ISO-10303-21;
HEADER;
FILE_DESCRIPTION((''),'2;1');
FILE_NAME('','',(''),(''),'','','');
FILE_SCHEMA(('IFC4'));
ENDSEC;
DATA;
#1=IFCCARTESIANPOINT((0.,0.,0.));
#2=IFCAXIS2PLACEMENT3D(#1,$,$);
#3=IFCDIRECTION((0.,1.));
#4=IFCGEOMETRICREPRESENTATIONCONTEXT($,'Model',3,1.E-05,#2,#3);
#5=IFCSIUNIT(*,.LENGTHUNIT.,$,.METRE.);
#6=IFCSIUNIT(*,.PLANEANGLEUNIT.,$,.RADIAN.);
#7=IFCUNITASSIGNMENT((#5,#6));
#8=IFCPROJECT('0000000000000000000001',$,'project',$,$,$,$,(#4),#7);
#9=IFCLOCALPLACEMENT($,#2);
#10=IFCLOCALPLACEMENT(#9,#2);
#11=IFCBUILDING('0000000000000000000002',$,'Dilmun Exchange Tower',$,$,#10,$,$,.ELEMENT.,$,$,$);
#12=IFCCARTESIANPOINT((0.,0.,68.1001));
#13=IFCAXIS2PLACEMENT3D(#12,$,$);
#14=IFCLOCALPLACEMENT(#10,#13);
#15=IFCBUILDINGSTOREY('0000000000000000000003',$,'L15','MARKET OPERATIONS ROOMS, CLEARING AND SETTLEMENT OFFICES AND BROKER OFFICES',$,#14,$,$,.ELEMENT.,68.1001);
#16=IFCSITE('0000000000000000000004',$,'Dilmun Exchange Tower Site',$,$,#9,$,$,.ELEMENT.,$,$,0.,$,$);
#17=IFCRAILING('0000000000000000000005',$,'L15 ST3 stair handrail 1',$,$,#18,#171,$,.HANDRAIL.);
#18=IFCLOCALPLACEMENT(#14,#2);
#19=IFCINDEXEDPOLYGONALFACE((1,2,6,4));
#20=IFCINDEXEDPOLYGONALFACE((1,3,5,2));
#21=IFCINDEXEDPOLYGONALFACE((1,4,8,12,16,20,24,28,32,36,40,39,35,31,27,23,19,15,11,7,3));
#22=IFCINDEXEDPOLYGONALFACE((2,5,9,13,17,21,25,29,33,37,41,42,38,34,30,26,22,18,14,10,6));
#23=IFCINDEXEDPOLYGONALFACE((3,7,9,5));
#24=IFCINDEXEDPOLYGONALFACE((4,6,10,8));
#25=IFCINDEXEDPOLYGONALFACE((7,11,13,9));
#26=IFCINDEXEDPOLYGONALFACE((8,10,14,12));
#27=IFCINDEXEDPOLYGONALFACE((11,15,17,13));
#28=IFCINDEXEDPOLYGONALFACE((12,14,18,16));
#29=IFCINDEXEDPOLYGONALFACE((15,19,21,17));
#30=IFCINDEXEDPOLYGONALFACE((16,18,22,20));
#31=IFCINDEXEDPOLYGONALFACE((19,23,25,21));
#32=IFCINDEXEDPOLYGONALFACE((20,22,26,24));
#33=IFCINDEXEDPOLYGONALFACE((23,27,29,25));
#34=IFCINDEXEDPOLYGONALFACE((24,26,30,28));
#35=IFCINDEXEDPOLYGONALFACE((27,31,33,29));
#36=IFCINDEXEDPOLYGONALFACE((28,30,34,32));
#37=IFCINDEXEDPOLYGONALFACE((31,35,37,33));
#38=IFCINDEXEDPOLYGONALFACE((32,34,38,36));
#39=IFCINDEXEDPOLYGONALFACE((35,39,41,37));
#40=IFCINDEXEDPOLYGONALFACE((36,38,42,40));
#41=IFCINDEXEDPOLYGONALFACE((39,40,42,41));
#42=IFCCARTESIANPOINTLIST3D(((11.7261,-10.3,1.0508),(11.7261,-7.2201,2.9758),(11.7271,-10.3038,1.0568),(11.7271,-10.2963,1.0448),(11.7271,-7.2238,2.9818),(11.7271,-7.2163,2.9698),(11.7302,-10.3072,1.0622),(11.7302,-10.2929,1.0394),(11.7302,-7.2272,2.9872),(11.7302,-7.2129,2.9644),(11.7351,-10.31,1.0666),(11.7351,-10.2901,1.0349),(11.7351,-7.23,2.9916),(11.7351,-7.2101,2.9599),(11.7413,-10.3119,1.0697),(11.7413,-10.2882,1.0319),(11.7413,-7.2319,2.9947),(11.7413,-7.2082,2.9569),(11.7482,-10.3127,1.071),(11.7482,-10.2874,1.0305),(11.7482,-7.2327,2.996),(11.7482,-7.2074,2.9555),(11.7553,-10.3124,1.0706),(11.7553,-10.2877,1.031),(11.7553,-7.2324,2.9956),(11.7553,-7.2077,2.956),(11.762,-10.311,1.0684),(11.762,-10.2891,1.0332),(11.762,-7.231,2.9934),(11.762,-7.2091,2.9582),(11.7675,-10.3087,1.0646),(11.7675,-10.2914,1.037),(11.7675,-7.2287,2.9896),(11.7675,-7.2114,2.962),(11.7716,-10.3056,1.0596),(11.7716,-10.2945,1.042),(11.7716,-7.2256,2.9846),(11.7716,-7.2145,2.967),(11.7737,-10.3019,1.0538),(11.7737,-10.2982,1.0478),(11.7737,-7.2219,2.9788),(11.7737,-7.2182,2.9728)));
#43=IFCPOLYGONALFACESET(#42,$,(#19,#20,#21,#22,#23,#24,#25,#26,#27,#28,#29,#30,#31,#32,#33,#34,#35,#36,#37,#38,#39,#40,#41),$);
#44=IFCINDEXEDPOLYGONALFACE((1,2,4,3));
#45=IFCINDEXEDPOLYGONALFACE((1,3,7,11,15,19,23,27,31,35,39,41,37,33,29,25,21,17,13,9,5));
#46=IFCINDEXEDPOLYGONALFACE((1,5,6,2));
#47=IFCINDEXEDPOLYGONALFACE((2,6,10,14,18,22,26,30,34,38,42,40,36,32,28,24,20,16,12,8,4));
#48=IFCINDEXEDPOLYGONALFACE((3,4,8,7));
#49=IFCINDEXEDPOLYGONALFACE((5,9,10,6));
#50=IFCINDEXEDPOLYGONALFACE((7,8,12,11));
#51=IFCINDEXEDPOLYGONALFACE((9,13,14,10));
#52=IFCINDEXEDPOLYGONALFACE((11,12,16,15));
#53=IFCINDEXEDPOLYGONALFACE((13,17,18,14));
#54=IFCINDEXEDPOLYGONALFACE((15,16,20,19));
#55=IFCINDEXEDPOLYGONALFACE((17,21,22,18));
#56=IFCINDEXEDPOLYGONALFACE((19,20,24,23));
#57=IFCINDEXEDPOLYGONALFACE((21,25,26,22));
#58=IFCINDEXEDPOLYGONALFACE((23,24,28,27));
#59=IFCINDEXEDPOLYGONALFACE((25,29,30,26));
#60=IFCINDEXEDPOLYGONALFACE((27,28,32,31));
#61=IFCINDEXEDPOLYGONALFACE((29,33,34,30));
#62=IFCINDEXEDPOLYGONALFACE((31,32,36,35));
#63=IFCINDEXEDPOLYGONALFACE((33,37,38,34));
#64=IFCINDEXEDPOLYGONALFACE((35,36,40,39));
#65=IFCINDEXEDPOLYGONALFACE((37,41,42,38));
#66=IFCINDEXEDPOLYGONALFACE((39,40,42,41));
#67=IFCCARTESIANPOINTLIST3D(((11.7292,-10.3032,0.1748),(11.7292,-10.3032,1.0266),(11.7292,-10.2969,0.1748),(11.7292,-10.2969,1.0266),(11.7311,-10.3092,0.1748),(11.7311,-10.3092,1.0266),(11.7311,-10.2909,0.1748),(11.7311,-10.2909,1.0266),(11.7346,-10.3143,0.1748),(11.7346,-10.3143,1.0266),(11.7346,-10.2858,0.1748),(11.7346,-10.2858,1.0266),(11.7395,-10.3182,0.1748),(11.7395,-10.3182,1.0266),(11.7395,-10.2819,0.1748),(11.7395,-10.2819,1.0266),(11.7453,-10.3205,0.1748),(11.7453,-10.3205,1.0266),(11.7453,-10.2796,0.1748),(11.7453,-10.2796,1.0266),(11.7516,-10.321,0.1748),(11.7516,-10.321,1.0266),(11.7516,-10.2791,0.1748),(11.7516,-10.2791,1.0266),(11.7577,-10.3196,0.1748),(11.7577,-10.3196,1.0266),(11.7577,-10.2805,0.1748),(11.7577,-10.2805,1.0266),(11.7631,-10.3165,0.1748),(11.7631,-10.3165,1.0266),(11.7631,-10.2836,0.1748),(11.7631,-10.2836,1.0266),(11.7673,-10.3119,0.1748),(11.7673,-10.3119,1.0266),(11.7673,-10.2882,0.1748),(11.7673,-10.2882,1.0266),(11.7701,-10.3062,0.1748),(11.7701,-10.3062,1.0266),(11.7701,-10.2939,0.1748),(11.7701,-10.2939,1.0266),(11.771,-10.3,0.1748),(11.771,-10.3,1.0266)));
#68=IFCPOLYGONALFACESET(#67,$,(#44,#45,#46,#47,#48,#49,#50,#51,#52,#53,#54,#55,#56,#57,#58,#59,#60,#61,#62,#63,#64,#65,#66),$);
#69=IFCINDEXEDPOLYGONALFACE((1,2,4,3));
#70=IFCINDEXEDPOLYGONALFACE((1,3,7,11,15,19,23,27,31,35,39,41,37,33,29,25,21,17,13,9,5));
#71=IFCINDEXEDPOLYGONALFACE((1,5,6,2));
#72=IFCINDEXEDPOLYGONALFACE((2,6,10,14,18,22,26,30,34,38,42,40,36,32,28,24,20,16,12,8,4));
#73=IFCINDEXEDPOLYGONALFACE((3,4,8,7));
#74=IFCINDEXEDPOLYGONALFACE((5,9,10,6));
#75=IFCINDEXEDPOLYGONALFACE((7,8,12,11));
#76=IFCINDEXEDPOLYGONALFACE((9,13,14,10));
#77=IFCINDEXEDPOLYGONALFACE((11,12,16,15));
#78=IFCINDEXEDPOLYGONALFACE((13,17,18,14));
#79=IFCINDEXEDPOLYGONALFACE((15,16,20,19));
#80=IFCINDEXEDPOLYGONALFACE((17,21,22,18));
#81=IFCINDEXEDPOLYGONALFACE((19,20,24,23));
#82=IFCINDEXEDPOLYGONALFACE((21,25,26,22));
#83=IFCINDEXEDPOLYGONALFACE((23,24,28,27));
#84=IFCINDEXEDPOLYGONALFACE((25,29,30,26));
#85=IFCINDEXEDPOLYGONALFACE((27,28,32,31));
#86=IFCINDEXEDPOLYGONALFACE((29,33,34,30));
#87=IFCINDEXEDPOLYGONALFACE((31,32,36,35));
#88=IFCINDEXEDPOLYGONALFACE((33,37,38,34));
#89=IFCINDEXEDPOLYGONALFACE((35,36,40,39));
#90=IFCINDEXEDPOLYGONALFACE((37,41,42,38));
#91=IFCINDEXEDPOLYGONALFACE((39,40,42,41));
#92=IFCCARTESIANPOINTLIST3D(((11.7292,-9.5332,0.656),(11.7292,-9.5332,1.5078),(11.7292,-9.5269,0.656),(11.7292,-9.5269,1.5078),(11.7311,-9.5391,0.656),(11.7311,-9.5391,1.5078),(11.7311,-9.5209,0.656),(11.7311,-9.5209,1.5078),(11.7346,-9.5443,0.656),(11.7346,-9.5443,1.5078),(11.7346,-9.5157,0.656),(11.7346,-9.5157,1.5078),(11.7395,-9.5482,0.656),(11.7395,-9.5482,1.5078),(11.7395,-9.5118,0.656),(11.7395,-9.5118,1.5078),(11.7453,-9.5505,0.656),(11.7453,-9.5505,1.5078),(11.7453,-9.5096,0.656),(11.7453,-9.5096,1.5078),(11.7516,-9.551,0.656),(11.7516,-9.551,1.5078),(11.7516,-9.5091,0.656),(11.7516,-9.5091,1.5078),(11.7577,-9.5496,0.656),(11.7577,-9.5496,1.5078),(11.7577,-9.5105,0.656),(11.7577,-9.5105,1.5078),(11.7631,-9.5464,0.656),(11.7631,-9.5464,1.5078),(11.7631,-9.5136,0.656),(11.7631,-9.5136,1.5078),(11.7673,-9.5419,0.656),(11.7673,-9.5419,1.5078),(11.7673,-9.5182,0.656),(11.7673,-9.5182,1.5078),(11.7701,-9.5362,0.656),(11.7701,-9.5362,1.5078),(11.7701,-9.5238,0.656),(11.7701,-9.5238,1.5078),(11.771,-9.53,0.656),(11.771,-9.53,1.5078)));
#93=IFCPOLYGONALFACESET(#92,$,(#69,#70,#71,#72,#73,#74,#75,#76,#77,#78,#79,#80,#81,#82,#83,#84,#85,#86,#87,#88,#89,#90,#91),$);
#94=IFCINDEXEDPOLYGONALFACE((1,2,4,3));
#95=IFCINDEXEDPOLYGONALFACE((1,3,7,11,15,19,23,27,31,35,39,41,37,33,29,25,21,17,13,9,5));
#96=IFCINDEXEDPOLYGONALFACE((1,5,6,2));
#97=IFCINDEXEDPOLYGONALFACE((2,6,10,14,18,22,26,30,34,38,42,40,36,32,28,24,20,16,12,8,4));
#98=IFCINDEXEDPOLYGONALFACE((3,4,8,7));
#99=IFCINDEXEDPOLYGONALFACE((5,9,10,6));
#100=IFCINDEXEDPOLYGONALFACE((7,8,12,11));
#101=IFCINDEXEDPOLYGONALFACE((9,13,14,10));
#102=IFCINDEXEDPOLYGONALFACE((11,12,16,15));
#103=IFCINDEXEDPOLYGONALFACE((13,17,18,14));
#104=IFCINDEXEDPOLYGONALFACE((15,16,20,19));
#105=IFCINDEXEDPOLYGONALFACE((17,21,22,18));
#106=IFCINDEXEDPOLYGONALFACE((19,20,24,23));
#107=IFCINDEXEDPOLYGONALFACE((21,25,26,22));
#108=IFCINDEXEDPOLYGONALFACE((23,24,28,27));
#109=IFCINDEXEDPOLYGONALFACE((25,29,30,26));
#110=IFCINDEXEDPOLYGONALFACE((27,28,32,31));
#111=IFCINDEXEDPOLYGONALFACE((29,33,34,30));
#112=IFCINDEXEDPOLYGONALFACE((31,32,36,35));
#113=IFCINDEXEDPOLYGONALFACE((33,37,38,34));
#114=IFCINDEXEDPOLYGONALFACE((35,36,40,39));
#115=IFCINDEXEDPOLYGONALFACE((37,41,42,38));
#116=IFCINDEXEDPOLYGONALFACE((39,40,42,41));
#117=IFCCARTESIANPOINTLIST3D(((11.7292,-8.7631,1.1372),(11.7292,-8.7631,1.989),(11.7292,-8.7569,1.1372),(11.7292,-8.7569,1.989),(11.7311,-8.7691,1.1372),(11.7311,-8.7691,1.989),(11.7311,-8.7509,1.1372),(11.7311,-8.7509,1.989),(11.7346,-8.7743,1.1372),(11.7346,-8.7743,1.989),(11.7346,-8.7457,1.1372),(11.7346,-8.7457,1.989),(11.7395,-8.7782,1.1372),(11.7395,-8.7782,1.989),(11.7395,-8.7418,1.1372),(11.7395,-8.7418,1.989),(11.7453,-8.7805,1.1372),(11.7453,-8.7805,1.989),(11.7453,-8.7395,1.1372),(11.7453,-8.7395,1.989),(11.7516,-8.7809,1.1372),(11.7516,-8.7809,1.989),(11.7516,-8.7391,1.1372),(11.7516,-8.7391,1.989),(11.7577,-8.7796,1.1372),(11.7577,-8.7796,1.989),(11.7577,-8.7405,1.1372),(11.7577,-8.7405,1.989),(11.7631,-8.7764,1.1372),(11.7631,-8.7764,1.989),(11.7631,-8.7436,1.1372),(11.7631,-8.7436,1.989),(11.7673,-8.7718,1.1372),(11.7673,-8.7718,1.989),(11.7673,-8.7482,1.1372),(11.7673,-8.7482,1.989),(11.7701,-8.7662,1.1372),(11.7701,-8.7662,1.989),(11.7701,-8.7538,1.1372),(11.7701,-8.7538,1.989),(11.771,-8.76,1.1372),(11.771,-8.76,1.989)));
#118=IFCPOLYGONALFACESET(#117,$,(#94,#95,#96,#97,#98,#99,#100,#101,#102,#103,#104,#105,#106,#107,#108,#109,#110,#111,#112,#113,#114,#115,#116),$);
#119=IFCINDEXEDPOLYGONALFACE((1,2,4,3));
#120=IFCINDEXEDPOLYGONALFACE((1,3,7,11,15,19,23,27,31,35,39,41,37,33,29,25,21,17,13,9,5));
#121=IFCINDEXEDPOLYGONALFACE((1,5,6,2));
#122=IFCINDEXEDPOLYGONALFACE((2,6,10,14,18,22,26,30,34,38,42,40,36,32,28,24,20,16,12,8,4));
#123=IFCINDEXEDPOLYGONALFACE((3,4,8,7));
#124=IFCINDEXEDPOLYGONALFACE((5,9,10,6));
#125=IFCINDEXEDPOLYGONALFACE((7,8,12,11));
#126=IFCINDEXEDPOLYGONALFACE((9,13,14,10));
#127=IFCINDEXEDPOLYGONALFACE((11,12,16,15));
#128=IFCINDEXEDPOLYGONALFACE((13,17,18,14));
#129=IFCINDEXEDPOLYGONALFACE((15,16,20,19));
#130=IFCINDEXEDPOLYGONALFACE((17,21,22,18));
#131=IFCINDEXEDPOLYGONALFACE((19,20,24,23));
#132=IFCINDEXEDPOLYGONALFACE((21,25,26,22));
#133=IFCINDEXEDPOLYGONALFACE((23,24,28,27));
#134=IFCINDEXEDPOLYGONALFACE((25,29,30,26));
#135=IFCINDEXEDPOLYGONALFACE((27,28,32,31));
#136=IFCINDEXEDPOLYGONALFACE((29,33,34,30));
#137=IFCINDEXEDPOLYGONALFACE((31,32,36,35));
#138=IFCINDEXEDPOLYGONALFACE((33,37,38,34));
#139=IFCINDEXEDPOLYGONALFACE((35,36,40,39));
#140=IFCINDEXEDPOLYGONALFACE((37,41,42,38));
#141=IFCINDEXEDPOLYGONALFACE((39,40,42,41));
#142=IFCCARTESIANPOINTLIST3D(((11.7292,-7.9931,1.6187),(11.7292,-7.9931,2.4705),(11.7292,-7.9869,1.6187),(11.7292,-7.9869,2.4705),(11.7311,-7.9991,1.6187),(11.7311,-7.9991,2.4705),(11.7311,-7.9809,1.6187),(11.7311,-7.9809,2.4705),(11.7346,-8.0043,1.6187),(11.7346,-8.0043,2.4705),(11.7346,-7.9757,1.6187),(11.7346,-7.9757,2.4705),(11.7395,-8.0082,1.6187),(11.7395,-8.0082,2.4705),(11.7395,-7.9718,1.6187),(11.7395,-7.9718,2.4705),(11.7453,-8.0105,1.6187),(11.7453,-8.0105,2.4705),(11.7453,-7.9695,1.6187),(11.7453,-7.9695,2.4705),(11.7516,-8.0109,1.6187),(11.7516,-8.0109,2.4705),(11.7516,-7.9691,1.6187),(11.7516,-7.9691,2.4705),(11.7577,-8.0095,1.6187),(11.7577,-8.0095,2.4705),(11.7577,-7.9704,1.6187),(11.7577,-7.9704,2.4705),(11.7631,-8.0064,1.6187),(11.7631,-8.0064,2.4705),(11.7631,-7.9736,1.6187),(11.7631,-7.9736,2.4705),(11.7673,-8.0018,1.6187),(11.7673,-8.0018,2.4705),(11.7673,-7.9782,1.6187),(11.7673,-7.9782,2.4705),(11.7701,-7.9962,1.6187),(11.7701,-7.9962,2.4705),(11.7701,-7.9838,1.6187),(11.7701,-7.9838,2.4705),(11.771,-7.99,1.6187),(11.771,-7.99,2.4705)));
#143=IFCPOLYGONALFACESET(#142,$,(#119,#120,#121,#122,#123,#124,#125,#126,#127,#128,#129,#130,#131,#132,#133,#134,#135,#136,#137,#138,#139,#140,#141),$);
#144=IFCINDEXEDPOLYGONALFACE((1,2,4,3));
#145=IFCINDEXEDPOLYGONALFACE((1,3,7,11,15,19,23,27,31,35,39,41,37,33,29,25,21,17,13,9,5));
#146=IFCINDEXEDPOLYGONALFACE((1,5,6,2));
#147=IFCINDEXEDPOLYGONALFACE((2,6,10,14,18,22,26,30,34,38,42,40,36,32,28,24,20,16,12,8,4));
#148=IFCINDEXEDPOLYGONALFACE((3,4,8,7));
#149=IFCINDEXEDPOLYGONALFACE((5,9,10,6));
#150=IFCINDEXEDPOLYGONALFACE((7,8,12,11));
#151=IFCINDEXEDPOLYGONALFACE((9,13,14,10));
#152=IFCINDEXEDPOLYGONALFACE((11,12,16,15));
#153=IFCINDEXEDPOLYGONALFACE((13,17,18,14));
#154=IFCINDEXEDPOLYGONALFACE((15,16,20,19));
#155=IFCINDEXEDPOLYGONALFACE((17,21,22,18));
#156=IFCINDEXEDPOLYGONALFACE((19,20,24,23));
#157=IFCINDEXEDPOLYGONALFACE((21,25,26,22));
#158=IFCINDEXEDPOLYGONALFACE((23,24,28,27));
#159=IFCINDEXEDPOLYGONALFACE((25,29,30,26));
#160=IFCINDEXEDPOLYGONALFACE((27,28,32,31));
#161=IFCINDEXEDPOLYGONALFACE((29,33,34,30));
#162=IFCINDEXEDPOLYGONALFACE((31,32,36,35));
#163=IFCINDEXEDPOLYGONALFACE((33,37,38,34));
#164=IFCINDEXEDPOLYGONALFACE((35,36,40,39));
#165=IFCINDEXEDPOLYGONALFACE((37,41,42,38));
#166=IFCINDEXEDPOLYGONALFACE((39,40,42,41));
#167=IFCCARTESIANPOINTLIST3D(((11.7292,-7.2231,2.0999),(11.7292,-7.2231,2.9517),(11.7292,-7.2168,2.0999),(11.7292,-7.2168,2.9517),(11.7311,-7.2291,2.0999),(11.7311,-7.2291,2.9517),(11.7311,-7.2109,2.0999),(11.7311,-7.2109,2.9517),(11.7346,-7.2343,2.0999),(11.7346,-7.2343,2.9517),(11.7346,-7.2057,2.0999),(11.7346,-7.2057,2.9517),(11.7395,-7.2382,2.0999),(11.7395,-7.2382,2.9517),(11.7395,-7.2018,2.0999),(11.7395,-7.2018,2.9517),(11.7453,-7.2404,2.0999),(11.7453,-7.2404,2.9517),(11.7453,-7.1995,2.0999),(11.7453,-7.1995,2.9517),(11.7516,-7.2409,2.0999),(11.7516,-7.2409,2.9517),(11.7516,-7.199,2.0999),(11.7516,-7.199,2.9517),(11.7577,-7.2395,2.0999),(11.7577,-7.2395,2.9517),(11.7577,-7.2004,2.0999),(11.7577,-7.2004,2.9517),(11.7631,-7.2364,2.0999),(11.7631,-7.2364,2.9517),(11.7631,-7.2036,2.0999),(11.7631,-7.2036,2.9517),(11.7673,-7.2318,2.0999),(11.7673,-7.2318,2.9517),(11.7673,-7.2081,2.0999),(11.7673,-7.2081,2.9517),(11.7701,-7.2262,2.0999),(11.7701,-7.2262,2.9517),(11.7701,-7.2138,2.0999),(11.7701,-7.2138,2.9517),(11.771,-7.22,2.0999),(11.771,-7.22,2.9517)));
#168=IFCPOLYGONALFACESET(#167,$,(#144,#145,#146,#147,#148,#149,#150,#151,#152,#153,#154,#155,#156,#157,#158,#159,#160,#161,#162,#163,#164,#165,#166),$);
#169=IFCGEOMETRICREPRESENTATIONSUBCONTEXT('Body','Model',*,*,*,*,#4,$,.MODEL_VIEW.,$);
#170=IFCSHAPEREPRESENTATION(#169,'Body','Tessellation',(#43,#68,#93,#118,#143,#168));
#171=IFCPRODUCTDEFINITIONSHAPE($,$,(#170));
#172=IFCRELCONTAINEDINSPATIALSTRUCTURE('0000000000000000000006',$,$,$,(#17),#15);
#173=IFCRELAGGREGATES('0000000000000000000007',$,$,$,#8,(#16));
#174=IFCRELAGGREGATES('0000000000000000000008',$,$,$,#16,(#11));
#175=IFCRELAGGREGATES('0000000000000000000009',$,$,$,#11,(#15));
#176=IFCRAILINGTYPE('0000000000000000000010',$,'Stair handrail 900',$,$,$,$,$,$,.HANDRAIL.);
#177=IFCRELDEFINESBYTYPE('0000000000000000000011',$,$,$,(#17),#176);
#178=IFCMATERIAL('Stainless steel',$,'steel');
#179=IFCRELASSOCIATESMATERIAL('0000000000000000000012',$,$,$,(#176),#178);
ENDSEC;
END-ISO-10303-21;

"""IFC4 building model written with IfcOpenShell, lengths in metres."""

from ifc_helpers import new_model, si_unit, direction, frame, origin, origin_2d, place, context, subcontext, project, spatial, circle, extrude, material, type_object, element, save


model = new_model("IFC4")

# Units and contexts
model_context = context("Model", 3, precision=1e-05, world=origin(), true_north=direction((0.0, 1.0)))
body_context = subcontext(model_context, "Body", "Model", "MODEL_VIEW")
ifc_project = project(units=[si_unit("LENGTHUNIT", "METRE"), si_unit("PLANEANGLEUNIT", "RADIAN")], contexts=[model_context])

# Site, building, storey
site_placement = place(None, origin())
site = spatial("IfcSite", under=ifc_project, at=site_placement, Name="Dilmun Exchange Tower Site", CompositionType="ELEMENT", RefElevation=0.0)
building_placement = place(site_placement, origin())
building = spatial("IfcBuilding", under=site, at=building_placement, Name="Dilmun Exchange Tower", CompositionType="ELEMENT")
storey_placement = place(building_placement, frame((0.0, 0.0, 68.1001)))
storey = spatial("IfcBuildingStorey", under=building, at=storey_placement, Name="L15", Description="MARKET OPERATIONS ROOMS, CLEARING AND SETTLEMENT OFFICES AND BROKER OFFICES", CompositionType="ELEMENT", Elevation=68.1001)

# Railing
ifc_material_1 = material(Name="Stainless steel", Category="steel")
railing_type = type_object("IfcRailingType", Name="Stair handrail 900", PredefinedType="HANDRAIL", material=ifc_material_1)
railing_placement = place(storey_placement, frame((11.75, -10.3, 0.1748)))
element("IfcRailing", 1, at=railing_placement, inside=storey, type_object=railing_type, Name="L15 ST3 stair handrail 1", PredefinedType="HANDRAIL", context=body_context, shape_type="SweptSolid", body=[
    extrude(circle(Radius=0.0239, at=origin_2d()), frame((0.0, 0.0, 0.876), z_axis=(0.0, 0.847998, 0.529999), x_axis=(-1.0, 0.0, 0.0)), (0.0, 0.0, 1.0), 3.6321),
    extrude(circle(Radius=0.021, at=origin_2d()), origin(), (0.0, 0.0, 1.0), 0.8518),
    extrude(circle(Radius=0.021, at=origin_2d()), frame((0.0, 0.77, 0.4812)), (0.0, 0.0, 1.0), 0.8518),
    extrude(circle(Radius=0.021, at=origin_2d()), frame((0.0, 1.54, 0.9624)), (0.0, 0.0, 1.0), 0.8518),
    extrude(circle(Radius=0.021, at=origin_2d()), frame((0.0, 2.3101, 1.4438)), (0.0, 0.0, 1.0), 0.8518),
    extrude(circle(Radius=0.021, at=origin_2d()), frame((0.0, 3.0801, 1.925)), (0.0, 0.0, 1.0), 0.8518),
])

save(model, "model.ifc")
